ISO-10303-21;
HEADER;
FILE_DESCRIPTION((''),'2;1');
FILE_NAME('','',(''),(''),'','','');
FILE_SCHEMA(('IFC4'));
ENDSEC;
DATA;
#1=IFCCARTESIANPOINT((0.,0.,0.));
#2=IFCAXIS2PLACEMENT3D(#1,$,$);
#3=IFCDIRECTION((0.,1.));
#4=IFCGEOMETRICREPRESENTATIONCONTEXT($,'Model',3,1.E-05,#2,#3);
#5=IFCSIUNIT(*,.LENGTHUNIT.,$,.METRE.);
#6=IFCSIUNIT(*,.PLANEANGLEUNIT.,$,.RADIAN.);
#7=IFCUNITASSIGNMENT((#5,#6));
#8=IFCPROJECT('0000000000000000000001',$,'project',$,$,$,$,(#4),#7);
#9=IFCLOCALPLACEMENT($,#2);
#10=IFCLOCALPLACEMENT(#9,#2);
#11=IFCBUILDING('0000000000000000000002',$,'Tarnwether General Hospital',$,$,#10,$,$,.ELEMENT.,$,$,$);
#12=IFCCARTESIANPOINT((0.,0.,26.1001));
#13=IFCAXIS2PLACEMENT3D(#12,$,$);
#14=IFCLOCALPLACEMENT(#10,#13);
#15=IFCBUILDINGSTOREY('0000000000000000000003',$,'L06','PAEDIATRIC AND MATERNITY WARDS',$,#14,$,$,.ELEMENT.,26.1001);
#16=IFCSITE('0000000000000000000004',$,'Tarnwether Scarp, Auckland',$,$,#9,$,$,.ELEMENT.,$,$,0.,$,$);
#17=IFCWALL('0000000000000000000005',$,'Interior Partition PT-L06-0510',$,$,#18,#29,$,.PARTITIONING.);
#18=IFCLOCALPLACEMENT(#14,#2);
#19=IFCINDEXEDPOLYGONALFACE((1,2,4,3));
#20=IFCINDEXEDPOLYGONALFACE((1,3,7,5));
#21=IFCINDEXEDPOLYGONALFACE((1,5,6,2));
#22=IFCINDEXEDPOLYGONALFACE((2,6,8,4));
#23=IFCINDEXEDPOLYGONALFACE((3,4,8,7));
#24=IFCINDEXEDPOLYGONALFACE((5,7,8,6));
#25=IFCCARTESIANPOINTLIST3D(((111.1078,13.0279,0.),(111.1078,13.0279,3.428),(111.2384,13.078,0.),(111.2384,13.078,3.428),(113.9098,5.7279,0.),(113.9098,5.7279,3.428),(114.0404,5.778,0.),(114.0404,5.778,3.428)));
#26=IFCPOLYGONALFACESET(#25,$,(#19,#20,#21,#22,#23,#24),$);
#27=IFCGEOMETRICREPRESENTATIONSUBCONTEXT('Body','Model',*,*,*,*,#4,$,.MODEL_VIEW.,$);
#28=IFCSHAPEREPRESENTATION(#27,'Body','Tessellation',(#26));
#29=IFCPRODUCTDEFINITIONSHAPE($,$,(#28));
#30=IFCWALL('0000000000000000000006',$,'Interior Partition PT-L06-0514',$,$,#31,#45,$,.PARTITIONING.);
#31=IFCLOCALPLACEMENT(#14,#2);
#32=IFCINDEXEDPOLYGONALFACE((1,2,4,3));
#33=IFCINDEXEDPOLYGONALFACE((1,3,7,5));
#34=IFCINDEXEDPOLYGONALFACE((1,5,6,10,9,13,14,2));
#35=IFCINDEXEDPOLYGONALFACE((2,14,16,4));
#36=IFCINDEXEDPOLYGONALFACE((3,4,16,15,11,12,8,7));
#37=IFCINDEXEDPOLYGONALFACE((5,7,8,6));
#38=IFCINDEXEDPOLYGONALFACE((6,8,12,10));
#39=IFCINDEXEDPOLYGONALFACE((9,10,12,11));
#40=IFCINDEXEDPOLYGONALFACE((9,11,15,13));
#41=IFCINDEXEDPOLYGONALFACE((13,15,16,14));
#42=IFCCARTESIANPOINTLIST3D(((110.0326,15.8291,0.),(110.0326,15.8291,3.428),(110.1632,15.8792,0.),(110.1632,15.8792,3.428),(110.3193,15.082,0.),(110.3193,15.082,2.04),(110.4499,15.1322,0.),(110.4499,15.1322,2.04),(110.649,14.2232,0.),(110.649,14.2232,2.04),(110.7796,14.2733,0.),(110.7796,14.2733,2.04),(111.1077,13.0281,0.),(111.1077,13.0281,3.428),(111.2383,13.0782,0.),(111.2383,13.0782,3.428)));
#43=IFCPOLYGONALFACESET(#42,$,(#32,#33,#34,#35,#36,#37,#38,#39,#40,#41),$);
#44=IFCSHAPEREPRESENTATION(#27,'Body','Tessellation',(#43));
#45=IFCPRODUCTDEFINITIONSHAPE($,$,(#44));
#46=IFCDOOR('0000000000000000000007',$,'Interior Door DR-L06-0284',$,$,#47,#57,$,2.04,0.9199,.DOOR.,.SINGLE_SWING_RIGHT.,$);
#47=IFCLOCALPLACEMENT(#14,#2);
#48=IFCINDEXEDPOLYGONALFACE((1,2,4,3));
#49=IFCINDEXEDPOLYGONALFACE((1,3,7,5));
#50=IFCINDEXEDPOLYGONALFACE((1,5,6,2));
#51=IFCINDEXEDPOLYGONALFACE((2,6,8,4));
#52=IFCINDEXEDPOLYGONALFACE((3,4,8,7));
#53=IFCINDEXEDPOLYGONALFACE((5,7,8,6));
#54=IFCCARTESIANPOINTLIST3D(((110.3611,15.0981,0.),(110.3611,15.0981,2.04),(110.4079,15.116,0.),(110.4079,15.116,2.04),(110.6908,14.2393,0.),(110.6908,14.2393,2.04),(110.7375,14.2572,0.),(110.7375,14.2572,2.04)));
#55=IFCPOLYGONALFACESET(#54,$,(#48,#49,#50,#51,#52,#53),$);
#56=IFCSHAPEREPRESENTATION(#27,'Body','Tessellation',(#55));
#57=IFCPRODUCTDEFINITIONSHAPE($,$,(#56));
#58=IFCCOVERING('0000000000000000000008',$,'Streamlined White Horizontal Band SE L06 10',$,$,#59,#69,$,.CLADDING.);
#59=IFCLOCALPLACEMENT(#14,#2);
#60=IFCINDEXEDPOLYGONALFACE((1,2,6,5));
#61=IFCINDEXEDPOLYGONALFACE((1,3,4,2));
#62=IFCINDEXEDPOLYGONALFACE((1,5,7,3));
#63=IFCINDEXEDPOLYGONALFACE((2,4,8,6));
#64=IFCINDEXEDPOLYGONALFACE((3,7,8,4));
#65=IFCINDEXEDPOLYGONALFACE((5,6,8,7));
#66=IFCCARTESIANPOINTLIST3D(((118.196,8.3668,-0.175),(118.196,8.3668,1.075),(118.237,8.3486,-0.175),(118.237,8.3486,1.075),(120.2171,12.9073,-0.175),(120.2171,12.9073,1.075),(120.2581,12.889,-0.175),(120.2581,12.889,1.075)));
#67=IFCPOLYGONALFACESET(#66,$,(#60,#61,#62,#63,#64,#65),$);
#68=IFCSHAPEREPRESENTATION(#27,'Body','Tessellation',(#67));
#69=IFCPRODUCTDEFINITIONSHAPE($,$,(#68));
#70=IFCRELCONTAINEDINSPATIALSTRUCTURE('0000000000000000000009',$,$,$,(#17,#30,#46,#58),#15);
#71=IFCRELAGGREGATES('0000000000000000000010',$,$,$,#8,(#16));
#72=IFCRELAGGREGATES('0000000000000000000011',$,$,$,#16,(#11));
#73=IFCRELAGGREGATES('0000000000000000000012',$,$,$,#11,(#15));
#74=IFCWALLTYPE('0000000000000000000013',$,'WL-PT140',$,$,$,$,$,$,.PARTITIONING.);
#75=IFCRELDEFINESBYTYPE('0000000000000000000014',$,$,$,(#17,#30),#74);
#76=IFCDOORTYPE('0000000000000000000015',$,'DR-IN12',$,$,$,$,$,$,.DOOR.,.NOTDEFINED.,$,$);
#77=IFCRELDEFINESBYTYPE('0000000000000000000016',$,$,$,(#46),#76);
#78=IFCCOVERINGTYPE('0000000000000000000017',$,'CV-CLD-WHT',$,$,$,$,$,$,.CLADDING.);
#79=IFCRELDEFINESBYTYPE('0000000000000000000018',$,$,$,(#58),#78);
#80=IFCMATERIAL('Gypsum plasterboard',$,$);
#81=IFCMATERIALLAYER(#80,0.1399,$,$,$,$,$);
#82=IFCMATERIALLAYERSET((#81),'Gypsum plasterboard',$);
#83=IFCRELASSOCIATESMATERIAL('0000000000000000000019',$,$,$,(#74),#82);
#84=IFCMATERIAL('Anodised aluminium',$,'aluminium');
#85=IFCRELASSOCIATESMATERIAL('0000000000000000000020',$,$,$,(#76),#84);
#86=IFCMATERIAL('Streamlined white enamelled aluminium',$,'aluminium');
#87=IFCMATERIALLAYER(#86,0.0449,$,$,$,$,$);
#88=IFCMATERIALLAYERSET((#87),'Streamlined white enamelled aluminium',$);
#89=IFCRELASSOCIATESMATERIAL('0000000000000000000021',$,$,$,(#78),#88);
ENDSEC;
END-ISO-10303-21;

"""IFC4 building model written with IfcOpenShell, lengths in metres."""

from ifc_helpers import new_model, si_unit, direction, frame, frame_2d, origin, origin_2d, place, context, subcontext, project, spatial, rectangle, extrude, material, layer, layer_set, type_object, element, fill, save


model = new_model("IFC4")

# Units and contexts
model_context = context("Model", 3, precision=1e-05, world=origin(), true_north=direction((0.0, 1.0)))
body_context = subcontext(model_context, "Body", "Model", "MODEL_VIEW")
ifc_project = project(units=[si_unit("LENGTHUNIT", "METRE"), si_unit("PLANEANGLEUNIT", "RADIAN")], contexts=[model_context])

# Site, building, storey
site_placement = place(None, origin())
site = spatial("IfcSite", under=ifc_project, at=site_placement, Name="Tarnwether Scarp, Auckland", CompositionType="ELEMENT", RefElevation=0.0)
building_placement = place(site_placement, origin())
building = spatial("IfcBuilding", under=site, at=building_placement, Name="Tarnwether General Hospital", CompositionType="ELEMENT")
storey_placement = place(building_placement, frame((0.0, 0.0, 26.1001)))
storey = spatial("IfcBuildingStorey", under=building, at=storey_placement, Name="L06", Description="PAEDIATRIC AND MATERNITY WARDS", CompositionType="ELEMENT", Elevation=26.1001)

# Wall
ifc_material_1 = material(Name="Gypsum plasterboard")
ifc_layer_1 = layer(ifc_material_1, 0.1399)
ifc_layer_set_1 = layer_set([ifc_layer_1], Name="Gypsum plasterboard")
wall_type_1 = type_object("IfcWallType", Name="WL-PT140", PredefinedType="PARTITIONING", material=ifc_layer_set_1)
wall_1_placement = place(storey_placement, frame((111.1731, 13.053, 0.0), z_axis=(0.0, 0.0, 1.0), x_axis=(0.358343, -0.93359, 0.0)))
element("IfcWall", 1, at=wall_1_placement, inside=storey, type_object=wall_type_1, Name="Interior Partition PT-L06-0510", PredefinedType="PARTITIONING", context=body_context, shape_type="SweptSolid", body=[
    extrude(rectangle(XDim=7.8193, YDim=0.1399, at=frame_2d((3.9097, 0.0))), origin(), (0.0, 0.0, 1.0), 3.428),
])

# Wall, opening, door
wall_2_placement = place(storey_placement, frame((110.0979, 15.854, 0.0), z_axis=(0.0, 0.0, 1.0), x_axis=(0.358363, -0.933582, 0.0)))
wall_2 = element("IfcWall", 2, at=wall_2_placement, inside=storey, type_object=wall_type_1, Name="Interior Partition PT-L06-0514", PredefinedType="PARTITIONING", context=body_context, shape_type="SweptSolid", body=[
    extrude(rectangle(XDim=3.0002, YDim=0.1399, at=frame_2d((1.5, 0.0))), origin(), (0.0, 0.0, 1.0), 3.428),
])
opening_placement = place(wall_2_placement, frame((0.8, 0.0, 0.0)))
opening = element("IfcOpeningElement", 3, at=opening_placement, cuts=wall_2, PredefinedType="OPENING", context=body_context, shape_type="SweptSolid", body=[
    extrude(rectangle(XDim=0.9199, YDim=2.04, at=frame_2d((0.46, 1.02))), frame((0.0, 0.0801, 0.0), z_axis=(0.0, -1.0, 0.0), x_axis=(1.0, 0.0, 0.0)), (0.0, 0.0, 1.0), 0.1599),
])
ifc_material_2 = material(Name="Anodised aluminium", Category="aluminium")
door_type = type_object("IfcDoorType", Name="DR-IN12", OperationType="NOTDEFINED", PredefinedType="DOOR", material=ifc_material_2)
door_placement = place(opening_placement, origin())
door = element("IfcDoor", 4, at=door_placement, inside=storey, type_object=door_type, Name="Interior Door DR-L06-0284", OperationType="SINGLE_SWING_RIGHT", OverallHeight=2.04, OverallWidth=0.9199, PredefinedType="DOOR", context=body_context, shape_type="SweptSolid", body=[
    extrude(rectangle(XDim=0.9199, YDim=2.04, at=frame_2d((0.46, 1.02))), frame((0.0, 0.0249, 0.0), z_axis=(0.0, -1.0, 0.0), x_axis=(1.0, 0.0, 0.0)), (0.0, 0.0, 1.0), 0.05),
])
fill(opening, door)

# Covering
ifc_material_3 = material(Name="Streamlined white enamelled aluminium", Category="aluminium")
ifc_layer_2 = layer(ifc_material_3, 0.0449)
ifc_layer_set_2 = layer_set([ifc_layer_2], Name="Streamlined white enamelled aluminium")
covering_type = type_object("IfcCoveringType", Name="CV-CLD-WHT", PredefinedType="CLADDING", material=ifc_layer_set_2)
covering_placement = place(storey_placement, frame((119.2271, 10.6279, -0.175), z_axis=(0.0, 0.0, 1.0), x_axis=(-0.406673, -0.913574, 0.0)))
element("IfcCovering", 5, at=covering_placement, inside=storey, type_object=covering_type, Name="Streamlined White Horizontal Band SE L06 10", PredefinedType="CLADDING", context=body_context, shape_type="SweptSolid", body=[
    extrude(rectangle(XDim=4.97, YDim=0.0449, at=origin_2d()), origin(), (0.0, 0.0, 1.0), 1.25),
])

save(model, "model.ifc")
